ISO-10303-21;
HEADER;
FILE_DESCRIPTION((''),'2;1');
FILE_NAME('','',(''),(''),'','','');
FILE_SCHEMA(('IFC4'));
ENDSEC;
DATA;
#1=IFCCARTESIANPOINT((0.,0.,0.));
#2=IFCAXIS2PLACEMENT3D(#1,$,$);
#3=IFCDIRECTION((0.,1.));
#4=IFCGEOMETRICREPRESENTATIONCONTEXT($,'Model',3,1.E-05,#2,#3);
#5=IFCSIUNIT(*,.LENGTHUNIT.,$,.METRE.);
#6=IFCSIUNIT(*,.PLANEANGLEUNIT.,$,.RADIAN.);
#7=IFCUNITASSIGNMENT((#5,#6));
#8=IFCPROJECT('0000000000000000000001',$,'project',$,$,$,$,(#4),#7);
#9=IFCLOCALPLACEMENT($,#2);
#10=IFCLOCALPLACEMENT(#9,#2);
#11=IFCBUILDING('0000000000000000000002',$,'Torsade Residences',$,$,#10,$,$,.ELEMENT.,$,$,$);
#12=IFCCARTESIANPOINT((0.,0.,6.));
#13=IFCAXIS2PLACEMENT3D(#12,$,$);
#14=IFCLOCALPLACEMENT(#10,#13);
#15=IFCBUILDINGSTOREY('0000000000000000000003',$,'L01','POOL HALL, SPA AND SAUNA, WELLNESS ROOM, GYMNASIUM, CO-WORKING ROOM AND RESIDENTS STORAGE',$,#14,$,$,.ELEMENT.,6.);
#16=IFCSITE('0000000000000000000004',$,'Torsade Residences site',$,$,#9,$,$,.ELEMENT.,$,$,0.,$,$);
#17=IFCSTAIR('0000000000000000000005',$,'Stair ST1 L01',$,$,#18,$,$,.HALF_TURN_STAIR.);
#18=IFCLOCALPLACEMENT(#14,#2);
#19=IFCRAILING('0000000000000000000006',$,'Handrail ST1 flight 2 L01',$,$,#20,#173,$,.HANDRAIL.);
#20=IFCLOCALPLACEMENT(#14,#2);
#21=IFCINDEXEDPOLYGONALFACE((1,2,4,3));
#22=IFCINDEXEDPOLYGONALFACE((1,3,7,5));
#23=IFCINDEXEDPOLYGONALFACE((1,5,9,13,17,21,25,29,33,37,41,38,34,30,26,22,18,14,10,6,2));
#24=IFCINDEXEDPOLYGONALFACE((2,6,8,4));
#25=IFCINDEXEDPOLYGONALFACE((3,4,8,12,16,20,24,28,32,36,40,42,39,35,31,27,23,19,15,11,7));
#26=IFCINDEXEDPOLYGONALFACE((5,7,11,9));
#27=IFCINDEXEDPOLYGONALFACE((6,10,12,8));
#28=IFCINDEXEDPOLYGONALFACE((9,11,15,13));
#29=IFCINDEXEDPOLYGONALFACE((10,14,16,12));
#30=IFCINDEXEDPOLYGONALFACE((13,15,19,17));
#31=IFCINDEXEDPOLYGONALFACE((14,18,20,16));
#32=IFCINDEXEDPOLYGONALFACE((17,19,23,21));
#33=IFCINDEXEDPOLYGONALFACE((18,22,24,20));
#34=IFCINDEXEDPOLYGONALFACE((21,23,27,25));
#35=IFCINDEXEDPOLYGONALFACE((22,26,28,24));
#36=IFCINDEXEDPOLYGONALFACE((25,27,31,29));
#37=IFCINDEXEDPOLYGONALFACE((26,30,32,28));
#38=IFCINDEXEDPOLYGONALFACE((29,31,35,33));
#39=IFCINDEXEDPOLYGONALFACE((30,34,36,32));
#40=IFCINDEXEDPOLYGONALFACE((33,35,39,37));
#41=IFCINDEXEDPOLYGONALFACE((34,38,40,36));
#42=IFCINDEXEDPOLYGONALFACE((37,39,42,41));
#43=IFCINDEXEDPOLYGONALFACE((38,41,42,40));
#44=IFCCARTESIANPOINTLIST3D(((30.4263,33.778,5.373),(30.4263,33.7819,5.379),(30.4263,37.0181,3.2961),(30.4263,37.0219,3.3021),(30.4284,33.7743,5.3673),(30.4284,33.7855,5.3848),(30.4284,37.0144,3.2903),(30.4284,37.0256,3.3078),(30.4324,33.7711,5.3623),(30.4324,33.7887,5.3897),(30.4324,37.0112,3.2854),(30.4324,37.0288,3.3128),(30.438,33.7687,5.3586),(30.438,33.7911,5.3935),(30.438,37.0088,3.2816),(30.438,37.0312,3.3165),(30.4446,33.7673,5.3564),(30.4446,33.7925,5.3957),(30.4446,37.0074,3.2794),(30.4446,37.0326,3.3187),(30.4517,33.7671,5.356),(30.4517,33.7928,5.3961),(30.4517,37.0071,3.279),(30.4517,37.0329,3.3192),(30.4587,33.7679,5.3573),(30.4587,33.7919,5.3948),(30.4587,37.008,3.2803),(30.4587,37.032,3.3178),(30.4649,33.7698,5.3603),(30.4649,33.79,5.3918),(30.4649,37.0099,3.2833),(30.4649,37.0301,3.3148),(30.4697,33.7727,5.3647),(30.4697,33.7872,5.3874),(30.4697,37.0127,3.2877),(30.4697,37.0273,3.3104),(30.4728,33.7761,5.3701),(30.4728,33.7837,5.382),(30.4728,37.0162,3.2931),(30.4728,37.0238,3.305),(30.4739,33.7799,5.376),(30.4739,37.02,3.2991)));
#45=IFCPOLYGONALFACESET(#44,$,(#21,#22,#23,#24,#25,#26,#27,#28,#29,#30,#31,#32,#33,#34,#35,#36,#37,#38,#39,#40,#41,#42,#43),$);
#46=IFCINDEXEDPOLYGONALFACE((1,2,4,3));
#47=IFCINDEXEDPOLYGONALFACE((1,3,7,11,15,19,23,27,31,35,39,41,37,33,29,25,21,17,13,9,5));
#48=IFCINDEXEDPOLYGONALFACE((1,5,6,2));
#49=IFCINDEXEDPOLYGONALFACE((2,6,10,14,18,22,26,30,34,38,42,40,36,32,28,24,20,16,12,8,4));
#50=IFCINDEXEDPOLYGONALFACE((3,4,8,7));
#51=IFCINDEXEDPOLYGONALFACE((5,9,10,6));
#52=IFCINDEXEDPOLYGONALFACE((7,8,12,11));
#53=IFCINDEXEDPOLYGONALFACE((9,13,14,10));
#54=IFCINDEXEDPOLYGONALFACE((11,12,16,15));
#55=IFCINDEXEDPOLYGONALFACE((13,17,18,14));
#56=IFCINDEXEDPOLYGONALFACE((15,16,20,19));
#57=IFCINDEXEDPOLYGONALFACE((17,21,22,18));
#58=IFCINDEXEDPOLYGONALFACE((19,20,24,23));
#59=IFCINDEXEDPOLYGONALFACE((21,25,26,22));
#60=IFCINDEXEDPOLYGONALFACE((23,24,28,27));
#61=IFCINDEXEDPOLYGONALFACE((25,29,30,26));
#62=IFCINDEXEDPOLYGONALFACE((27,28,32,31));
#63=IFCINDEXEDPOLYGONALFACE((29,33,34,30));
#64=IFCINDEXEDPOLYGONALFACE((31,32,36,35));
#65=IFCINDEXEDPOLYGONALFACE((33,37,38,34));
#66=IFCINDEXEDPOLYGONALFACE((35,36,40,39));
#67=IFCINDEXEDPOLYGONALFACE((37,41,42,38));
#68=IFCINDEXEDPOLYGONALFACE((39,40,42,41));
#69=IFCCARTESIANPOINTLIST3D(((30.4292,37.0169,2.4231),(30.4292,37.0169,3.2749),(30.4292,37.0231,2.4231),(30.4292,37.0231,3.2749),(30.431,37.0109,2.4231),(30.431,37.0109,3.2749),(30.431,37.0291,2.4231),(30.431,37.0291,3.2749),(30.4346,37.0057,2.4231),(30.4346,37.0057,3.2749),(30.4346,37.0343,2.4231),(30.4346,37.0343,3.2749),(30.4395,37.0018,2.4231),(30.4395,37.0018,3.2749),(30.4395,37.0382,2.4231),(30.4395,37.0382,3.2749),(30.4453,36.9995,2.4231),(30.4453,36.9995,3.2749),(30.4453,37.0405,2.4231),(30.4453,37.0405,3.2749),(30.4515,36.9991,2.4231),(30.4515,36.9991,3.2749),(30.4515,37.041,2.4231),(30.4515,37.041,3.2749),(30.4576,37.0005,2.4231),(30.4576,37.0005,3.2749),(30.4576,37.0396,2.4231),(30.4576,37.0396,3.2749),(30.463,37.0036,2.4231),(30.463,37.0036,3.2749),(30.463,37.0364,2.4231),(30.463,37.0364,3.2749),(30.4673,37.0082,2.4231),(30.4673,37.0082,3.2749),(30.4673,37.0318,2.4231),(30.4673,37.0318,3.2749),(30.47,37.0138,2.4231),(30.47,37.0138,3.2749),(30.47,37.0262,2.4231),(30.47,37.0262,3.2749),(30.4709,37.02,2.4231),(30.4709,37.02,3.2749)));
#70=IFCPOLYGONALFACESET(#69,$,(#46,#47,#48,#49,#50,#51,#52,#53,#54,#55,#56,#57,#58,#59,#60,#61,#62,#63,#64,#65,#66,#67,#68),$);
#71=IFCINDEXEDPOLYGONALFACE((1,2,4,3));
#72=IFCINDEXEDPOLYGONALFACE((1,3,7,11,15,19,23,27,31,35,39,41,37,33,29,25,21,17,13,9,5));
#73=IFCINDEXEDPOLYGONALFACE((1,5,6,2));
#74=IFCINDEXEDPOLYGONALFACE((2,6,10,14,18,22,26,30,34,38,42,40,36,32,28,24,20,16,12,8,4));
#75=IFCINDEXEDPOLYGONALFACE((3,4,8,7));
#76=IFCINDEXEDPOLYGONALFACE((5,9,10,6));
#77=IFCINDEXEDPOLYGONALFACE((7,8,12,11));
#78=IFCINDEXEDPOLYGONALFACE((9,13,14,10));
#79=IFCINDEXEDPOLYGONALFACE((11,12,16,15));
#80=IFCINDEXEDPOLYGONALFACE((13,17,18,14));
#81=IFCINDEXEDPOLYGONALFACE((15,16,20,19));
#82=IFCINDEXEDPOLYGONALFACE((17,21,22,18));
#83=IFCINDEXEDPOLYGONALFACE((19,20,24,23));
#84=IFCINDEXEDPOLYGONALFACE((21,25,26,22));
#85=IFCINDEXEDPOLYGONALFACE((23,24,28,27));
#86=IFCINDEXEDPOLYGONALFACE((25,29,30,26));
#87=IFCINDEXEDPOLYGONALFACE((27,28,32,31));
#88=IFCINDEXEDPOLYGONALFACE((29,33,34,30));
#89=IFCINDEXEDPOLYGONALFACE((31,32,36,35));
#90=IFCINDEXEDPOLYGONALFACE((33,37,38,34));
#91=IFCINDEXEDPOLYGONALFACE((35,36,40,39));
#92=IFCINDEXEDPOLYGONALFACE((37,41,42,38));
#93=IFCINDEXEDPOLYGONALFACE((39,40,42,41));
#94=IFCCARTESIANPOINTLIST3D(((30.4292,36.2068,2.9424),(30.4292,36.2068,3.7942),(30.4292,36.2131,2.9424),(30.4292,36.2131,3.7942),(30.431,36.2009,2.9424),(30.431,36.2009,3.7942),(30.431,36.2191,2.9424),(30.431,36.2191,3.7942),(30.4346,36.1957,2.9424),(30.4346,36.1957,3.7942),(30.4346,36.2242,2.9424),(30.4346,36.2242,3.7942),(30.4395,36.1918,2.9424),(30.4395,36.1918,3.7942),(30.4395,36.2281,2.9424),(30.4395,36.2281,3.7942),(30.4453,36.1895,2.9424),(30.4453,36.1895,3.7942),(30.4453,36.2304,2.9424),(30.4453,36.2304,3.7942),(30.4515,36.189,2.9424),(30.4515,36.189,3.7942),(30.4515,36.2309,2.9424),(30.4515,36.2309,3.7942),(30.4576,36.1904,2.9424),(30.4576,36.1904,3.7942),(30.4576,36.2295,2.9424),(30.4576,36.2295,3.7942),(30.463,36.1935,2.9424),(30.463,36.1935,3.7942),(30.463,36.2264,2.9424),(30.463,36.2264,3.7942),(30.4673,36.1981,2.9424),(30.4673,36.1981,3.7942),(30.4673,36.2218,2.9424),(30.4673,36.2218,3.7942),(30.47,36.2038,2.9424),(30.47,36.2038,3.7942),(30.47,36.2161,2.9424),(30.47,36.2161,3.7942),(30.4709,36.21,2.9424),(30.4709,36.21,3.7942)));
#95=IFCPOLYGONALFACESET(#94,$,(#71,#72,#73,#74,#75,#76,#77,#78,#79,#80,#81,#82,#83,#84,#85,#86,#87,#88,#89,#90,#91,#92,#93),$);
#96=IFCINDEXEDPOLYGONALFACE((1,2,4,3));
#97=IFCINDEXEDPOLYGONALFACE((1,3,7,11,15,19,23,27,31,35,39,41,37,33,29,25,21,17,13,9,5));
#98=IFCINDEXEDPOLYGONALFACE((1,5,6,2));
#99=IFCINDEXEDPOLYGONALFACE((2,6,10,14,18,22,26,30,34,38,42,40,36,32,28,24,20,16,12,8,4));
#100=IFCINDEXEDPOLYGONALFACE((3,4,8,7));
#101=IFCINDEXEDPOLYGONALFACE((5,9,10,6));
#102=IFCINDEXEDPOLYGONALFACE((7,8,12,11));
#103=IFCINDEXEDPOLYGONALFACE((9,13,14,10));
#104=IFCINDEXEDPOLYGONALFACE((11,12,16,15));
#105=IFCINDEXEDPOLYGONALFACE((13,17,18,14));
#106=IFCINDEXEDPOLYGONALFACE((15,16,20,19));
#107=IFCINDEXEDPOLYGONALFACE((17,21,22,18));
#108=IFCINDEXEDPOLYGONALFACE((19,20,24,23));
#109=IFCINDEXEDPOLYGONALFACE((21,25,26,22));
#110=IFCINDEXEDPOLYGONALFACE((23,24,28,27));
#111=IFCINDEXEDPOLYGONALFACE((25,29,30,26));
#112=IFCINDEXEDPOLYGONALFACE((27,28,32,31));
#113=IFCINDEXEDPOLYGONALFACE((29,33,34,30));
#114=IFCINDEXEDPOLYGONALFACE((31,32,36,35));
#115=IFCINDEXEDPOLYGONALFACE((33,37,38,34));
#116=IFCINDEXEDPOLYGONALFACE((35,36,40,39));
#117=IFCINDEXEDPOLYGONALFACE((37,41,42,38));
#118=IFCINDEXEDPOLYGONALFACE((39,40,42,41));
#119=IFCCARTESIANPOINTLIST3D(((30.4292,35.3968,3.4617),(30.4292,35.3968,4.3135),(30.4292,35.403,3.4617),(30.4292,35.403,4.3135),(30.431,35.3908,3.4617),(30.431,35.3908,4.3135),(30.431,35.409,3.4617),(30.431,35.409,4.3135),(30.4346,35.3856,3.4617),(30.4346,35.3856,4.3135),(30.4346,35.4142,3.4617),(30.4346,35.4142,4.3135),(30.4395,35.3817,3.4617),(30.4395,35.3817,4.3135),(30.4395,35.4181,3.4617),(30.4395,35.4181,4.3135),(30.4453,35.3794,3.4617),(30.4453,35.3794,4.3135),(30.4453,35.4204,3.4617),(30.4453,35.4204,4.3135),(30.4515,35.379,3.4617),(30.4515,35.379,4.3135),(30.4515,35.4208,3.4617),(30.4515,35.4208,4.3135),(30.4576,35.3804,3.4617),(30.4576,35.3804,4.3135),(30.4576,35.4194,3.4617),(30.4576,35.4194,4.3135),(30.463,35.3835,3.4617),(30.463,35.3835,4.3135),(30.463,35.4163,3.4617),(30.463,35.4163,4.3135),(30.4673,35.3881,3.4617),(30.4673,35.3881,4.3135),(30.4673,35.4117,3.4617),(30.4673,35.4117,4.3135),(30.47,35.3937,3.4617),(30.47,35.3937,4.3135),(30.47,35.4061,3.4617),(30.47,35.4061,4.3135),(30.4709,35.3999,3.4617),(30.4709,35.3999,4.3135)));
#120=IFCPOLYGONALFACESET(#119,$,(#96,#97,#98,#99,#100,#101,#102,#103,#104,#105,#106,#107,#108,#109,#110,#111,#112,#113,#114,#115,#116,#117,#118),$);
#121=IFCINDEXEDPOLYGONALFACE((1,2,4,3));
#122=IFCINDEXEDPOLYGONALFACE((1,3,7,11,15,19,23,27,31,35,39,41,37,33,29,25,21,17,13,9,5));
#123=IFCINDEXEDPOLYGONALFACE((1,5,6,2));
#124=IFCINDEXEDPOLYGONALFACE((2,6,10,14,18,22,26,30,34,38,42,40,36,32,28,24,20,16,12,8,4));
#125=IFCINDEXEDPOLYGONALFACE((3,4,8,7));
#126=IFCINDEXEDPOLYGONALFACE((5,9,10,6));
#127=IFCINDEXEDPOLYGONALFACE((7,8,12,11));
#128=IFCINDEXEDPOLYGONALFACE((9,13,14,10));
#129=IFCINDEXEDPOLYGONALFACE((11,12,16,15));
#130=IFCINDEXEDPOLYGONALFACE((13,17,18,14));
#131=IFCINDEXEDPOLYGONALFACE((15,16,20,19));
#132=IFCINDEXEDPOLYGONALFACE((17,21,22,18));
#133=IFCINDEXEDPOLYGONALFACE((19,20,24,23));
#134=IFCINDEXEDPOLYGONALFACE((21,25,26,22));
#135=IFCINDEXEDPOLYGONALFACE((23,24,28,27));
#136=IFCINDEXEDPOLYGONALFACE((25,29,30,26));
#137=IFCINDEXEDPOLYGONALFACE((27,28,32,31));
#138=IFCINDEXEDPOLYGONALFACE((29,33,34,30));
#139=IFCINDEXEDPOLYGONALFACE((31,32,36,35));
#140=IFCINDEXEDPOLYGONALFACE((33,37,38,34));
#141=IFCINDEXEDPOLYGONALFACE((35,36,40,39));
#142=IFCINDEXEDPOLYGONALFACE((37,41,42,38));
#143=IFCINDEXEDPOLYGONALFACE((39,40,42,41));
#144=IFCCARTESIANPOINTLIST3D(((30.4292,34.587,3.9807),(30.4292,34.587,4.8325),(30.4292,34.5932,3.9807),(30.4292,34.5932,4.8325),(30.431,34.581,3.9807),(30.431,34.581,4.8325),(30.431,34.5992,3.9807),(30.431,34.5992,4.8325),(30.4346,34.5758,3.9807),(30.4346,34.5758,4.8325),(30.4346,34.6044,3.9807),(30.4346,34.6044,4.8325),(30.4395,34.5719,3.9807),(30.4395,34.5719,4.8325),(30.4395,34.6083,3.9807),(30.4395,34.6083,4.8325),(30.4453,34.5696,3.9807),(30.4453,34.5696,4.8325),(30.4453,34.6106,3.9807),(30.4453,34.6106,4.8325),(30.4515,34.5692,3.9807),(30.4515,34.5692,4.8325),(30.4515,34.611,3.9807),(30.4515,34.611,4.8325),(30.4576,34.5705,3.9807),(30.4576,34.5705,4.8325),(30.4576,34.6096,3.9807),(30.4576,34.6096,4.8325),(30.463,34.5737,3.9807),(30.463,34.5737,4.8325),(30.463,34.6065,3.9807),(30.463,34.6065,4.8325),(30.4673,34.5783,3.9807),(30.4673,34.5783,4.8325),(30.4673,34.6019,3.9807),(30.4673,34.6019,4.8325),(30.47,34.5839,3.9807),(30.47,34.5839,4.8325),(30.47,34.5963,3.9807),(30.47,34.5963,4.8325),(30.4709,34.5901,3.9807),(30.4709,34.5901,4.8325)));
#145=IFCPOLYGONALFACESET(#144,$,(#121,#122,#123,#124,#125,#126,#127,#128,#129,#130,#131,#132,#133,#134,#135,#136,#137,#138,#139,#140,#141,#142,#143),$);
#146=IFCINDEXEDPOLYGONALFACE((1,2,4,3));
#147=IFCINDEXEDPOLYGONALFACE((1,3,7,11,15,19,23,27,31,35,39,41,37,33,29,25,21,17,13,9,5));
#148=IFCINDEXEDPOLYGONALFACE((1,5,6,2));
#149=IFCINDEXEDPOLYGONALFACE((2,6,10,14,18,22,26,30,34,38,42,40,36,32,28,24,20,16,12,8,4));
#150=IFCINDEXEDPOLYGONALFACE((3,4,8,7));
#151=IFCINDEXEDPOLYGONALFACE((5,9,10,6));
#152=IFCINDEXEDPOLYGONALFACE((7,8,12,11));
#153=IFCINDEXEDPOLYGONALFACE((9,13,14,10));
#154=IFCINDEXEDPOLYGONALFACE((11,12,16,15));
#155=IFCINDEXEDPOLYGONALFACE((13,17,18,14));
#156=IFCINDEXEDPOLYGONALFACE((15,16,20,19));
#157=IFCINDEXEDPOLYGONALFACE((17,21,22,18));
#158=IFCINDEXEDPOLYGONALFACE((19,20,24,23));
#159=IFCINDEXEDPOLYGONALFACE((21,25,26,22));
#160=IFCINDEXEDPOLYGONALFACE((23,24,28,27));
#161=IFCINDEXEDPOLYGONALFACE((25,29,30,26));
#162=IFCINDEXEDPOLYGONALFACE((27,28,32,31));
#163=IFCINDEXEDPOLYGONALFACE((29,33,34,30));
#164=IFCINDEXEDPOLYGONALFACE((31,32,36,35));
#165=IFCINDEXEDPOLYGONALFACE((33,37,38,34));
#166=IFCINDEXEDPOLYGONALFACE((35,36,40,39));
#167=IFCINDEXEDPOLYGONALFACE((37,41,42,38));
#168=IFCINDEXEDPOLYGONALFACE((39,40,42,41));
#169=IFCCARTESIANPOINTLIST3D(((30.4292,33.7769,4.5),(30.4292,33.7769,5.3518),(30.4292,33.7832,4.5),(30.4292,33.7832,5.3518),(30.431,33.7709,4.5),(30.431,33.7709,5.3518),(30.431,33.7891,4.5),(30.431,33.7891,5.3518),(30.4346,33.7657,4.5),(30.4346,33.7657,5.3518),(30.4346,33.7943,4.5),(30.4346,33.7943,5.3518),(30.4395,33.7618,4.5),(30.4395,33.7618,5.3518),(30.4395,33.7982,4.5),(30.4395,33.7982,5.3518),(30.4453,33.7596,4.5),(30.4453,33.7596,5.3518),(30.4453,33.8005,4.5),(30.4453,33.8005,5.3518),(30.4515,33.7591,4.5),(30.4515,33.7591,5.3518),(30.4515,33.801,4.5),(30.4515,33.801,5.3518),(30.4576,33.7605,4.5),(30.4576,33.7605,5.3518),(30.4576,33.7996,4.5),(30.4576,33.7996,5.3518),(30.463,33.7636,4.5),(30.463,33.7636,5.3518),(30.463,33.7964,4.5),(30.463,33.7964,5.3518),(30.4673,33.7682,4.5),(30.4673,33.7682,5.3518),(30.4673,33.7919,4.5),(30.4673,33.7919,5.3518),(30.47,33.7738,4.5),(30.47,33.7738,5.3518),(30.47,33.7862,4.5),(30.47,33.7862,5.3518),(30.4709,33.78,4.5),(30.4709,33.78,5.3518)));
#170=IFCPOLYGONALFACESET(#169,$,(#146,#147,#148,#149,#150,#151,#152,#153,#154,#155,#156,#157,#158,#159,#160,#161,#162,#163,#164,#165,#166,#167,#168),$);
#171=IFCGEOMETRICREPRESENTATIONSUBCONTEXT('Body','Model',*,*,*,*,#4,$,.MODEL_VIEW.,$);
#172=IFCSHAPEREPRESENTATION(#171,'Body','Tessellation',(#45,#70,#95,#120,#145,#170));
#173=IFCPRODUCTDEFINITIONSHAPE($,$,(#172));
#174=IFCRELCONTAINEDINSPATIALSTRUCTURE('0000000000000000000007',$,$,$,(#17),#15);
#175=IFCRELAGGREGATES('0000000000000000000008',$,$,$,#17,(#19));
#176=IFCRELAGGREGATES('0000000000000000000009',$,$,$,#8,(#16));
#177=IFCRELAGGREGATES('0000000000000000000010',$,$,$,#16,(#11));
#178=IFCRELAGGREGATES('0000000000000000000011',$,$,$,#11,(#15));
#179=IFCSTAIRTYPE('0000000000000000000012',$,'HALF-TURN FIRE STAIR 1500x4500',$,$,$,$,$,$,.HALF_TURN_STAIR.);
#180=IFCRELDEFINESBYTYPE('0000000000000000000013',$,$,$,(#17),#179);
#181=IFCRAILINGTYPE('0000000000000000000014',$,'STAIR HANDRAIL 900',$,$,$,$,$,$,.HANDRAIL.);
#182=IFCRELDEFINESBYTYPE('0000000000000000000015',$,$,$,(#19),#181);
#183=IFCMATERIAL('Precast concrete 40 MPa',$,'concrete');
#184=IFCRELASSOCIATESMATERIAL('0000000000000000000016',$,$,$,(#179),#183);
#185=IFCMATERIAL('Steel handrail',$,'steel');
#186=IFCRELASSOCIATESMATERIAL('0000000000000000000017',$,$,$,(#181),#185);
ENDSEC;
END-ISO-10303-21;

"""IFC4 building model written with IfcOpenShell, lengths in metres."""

from ifc_helpers import new_model, si_unit, direction, frame, origin, origin_2d, place, context, subcontext, project, spatial, circle, extrude, material, type_object, element, aggregate, save


model = new_model("IFC4")

# Units and contexts
model_context = context("Model", 3, precision=1e-05, world=origin(), true_north=direction((0.0, 1.0)))
body_context = subcontext(model_context, "Body", "Model", "MODEL_VIEW")
ifc_project = project(units=[si_unit("LENGTHUNIT", "METRE"), si_unit("PLANEANGLEUNIT", "RADIAN")], contexts=[model_context])

# Site, building, storey
site_placement = place(None, origin())
site = spatial("IfcSite", under=ifc_project, at=site_placement, Name="Torsade Residences site", CompositionType="ELEMENT", RefElevation=0.0)
building_placement = place(site_placement, origin())
building = spatial("IfcBuilding", under=site, at=building_placement, Name="Torsade Residences", CompositionType="ELEMENT")
storey_placement = place(building_placement, frame((0.0, 0.0, 6.0)))
storey = spatial("IfcBuildingStorey", under=building, at=storey_placement, Name="L01", Description="POOL HALL, SPA AND SAUNA, WELLNESS ROOM, GYMNASIUM, CO-WORKING ROOM AND RESIDENTS STORAGE", CompositionType="ELEMENT", Elevation=6.0)

# Stair, railing
ifc_material_1 = material(Name="Precast concrete 40 MPa", Category="concrete")
stair_type = type_object("IfcStairType", Name="HALF-TURN FIRE STAIR 1500x4500", PredefinedType="HALF_TURN_STAIR", material=ifc_material_1)
stair_placement = place(storey_placement, origin())
stair = element("IfcStair", 1, at=stair_placement, inside=storey, type_object=stair_type, Name="Stair ST1 L01", PredefinedType="HALF_TURN_STAIR")
ifc_material_2 = material(Name="Steel handrail", Category="steel")
railing_type = type_object("IfcRailingType", Name="STAIR HANDRAIL 900", PredefinedType="HANDRAIL", material=ifc_material_2)
railing_1_placement = place(storey_placement, frame((30.45, 37.02, 2.4231)))
railing_1 = element("IfcRailing", 2, at=railing_1_placement, type_object=railing_type, Name="Handrail ST1 flight 2 L01", PredefinedType="HANDRAIL", context=body_context, shape_type="SweptSolid", body=[
    extrude(circle(Radius=0.0239, at=origin_2d()), frame((0.0, 0.0, 0.876), z_axis=(0.0, -0.841881, 0.539664), x_axis=(1.0, 0.0, 0.0)), (0.0, 0.0, 1.0), 3.8486),
    extrude(circle(Radius=0.021, at=origin_2d()), origin(), (0.0, 0.0, 1.0), 0.8518),
    extrude(circle(Radius=0.021, at=origin_2d()), frame((0.0, -0.8101, 0.5193)), (0.0, 0.0, 1.0), 0.8518),
    extrude(circle(Radius=0.021, at=origin_2d()), frame((0.0, -1.6201, 1.0386)), (0.0, 0.0, 1.0), 0.8518),
    extrude(circle(Radius=0.021, at=origin_2d()), frame((0.0, -2.4299, 1.5576)), (0.0, 0.0, 1.0), 0.8518),
    extrude(circle(Radius=0.021, at=origin_2d()), frame((0.0, -3.24, 2.0769)), (0.0, 0.0, 1.0), 0.8518),
])
aggregate(stair, [railing_1])

save(model, "model.ifc")
